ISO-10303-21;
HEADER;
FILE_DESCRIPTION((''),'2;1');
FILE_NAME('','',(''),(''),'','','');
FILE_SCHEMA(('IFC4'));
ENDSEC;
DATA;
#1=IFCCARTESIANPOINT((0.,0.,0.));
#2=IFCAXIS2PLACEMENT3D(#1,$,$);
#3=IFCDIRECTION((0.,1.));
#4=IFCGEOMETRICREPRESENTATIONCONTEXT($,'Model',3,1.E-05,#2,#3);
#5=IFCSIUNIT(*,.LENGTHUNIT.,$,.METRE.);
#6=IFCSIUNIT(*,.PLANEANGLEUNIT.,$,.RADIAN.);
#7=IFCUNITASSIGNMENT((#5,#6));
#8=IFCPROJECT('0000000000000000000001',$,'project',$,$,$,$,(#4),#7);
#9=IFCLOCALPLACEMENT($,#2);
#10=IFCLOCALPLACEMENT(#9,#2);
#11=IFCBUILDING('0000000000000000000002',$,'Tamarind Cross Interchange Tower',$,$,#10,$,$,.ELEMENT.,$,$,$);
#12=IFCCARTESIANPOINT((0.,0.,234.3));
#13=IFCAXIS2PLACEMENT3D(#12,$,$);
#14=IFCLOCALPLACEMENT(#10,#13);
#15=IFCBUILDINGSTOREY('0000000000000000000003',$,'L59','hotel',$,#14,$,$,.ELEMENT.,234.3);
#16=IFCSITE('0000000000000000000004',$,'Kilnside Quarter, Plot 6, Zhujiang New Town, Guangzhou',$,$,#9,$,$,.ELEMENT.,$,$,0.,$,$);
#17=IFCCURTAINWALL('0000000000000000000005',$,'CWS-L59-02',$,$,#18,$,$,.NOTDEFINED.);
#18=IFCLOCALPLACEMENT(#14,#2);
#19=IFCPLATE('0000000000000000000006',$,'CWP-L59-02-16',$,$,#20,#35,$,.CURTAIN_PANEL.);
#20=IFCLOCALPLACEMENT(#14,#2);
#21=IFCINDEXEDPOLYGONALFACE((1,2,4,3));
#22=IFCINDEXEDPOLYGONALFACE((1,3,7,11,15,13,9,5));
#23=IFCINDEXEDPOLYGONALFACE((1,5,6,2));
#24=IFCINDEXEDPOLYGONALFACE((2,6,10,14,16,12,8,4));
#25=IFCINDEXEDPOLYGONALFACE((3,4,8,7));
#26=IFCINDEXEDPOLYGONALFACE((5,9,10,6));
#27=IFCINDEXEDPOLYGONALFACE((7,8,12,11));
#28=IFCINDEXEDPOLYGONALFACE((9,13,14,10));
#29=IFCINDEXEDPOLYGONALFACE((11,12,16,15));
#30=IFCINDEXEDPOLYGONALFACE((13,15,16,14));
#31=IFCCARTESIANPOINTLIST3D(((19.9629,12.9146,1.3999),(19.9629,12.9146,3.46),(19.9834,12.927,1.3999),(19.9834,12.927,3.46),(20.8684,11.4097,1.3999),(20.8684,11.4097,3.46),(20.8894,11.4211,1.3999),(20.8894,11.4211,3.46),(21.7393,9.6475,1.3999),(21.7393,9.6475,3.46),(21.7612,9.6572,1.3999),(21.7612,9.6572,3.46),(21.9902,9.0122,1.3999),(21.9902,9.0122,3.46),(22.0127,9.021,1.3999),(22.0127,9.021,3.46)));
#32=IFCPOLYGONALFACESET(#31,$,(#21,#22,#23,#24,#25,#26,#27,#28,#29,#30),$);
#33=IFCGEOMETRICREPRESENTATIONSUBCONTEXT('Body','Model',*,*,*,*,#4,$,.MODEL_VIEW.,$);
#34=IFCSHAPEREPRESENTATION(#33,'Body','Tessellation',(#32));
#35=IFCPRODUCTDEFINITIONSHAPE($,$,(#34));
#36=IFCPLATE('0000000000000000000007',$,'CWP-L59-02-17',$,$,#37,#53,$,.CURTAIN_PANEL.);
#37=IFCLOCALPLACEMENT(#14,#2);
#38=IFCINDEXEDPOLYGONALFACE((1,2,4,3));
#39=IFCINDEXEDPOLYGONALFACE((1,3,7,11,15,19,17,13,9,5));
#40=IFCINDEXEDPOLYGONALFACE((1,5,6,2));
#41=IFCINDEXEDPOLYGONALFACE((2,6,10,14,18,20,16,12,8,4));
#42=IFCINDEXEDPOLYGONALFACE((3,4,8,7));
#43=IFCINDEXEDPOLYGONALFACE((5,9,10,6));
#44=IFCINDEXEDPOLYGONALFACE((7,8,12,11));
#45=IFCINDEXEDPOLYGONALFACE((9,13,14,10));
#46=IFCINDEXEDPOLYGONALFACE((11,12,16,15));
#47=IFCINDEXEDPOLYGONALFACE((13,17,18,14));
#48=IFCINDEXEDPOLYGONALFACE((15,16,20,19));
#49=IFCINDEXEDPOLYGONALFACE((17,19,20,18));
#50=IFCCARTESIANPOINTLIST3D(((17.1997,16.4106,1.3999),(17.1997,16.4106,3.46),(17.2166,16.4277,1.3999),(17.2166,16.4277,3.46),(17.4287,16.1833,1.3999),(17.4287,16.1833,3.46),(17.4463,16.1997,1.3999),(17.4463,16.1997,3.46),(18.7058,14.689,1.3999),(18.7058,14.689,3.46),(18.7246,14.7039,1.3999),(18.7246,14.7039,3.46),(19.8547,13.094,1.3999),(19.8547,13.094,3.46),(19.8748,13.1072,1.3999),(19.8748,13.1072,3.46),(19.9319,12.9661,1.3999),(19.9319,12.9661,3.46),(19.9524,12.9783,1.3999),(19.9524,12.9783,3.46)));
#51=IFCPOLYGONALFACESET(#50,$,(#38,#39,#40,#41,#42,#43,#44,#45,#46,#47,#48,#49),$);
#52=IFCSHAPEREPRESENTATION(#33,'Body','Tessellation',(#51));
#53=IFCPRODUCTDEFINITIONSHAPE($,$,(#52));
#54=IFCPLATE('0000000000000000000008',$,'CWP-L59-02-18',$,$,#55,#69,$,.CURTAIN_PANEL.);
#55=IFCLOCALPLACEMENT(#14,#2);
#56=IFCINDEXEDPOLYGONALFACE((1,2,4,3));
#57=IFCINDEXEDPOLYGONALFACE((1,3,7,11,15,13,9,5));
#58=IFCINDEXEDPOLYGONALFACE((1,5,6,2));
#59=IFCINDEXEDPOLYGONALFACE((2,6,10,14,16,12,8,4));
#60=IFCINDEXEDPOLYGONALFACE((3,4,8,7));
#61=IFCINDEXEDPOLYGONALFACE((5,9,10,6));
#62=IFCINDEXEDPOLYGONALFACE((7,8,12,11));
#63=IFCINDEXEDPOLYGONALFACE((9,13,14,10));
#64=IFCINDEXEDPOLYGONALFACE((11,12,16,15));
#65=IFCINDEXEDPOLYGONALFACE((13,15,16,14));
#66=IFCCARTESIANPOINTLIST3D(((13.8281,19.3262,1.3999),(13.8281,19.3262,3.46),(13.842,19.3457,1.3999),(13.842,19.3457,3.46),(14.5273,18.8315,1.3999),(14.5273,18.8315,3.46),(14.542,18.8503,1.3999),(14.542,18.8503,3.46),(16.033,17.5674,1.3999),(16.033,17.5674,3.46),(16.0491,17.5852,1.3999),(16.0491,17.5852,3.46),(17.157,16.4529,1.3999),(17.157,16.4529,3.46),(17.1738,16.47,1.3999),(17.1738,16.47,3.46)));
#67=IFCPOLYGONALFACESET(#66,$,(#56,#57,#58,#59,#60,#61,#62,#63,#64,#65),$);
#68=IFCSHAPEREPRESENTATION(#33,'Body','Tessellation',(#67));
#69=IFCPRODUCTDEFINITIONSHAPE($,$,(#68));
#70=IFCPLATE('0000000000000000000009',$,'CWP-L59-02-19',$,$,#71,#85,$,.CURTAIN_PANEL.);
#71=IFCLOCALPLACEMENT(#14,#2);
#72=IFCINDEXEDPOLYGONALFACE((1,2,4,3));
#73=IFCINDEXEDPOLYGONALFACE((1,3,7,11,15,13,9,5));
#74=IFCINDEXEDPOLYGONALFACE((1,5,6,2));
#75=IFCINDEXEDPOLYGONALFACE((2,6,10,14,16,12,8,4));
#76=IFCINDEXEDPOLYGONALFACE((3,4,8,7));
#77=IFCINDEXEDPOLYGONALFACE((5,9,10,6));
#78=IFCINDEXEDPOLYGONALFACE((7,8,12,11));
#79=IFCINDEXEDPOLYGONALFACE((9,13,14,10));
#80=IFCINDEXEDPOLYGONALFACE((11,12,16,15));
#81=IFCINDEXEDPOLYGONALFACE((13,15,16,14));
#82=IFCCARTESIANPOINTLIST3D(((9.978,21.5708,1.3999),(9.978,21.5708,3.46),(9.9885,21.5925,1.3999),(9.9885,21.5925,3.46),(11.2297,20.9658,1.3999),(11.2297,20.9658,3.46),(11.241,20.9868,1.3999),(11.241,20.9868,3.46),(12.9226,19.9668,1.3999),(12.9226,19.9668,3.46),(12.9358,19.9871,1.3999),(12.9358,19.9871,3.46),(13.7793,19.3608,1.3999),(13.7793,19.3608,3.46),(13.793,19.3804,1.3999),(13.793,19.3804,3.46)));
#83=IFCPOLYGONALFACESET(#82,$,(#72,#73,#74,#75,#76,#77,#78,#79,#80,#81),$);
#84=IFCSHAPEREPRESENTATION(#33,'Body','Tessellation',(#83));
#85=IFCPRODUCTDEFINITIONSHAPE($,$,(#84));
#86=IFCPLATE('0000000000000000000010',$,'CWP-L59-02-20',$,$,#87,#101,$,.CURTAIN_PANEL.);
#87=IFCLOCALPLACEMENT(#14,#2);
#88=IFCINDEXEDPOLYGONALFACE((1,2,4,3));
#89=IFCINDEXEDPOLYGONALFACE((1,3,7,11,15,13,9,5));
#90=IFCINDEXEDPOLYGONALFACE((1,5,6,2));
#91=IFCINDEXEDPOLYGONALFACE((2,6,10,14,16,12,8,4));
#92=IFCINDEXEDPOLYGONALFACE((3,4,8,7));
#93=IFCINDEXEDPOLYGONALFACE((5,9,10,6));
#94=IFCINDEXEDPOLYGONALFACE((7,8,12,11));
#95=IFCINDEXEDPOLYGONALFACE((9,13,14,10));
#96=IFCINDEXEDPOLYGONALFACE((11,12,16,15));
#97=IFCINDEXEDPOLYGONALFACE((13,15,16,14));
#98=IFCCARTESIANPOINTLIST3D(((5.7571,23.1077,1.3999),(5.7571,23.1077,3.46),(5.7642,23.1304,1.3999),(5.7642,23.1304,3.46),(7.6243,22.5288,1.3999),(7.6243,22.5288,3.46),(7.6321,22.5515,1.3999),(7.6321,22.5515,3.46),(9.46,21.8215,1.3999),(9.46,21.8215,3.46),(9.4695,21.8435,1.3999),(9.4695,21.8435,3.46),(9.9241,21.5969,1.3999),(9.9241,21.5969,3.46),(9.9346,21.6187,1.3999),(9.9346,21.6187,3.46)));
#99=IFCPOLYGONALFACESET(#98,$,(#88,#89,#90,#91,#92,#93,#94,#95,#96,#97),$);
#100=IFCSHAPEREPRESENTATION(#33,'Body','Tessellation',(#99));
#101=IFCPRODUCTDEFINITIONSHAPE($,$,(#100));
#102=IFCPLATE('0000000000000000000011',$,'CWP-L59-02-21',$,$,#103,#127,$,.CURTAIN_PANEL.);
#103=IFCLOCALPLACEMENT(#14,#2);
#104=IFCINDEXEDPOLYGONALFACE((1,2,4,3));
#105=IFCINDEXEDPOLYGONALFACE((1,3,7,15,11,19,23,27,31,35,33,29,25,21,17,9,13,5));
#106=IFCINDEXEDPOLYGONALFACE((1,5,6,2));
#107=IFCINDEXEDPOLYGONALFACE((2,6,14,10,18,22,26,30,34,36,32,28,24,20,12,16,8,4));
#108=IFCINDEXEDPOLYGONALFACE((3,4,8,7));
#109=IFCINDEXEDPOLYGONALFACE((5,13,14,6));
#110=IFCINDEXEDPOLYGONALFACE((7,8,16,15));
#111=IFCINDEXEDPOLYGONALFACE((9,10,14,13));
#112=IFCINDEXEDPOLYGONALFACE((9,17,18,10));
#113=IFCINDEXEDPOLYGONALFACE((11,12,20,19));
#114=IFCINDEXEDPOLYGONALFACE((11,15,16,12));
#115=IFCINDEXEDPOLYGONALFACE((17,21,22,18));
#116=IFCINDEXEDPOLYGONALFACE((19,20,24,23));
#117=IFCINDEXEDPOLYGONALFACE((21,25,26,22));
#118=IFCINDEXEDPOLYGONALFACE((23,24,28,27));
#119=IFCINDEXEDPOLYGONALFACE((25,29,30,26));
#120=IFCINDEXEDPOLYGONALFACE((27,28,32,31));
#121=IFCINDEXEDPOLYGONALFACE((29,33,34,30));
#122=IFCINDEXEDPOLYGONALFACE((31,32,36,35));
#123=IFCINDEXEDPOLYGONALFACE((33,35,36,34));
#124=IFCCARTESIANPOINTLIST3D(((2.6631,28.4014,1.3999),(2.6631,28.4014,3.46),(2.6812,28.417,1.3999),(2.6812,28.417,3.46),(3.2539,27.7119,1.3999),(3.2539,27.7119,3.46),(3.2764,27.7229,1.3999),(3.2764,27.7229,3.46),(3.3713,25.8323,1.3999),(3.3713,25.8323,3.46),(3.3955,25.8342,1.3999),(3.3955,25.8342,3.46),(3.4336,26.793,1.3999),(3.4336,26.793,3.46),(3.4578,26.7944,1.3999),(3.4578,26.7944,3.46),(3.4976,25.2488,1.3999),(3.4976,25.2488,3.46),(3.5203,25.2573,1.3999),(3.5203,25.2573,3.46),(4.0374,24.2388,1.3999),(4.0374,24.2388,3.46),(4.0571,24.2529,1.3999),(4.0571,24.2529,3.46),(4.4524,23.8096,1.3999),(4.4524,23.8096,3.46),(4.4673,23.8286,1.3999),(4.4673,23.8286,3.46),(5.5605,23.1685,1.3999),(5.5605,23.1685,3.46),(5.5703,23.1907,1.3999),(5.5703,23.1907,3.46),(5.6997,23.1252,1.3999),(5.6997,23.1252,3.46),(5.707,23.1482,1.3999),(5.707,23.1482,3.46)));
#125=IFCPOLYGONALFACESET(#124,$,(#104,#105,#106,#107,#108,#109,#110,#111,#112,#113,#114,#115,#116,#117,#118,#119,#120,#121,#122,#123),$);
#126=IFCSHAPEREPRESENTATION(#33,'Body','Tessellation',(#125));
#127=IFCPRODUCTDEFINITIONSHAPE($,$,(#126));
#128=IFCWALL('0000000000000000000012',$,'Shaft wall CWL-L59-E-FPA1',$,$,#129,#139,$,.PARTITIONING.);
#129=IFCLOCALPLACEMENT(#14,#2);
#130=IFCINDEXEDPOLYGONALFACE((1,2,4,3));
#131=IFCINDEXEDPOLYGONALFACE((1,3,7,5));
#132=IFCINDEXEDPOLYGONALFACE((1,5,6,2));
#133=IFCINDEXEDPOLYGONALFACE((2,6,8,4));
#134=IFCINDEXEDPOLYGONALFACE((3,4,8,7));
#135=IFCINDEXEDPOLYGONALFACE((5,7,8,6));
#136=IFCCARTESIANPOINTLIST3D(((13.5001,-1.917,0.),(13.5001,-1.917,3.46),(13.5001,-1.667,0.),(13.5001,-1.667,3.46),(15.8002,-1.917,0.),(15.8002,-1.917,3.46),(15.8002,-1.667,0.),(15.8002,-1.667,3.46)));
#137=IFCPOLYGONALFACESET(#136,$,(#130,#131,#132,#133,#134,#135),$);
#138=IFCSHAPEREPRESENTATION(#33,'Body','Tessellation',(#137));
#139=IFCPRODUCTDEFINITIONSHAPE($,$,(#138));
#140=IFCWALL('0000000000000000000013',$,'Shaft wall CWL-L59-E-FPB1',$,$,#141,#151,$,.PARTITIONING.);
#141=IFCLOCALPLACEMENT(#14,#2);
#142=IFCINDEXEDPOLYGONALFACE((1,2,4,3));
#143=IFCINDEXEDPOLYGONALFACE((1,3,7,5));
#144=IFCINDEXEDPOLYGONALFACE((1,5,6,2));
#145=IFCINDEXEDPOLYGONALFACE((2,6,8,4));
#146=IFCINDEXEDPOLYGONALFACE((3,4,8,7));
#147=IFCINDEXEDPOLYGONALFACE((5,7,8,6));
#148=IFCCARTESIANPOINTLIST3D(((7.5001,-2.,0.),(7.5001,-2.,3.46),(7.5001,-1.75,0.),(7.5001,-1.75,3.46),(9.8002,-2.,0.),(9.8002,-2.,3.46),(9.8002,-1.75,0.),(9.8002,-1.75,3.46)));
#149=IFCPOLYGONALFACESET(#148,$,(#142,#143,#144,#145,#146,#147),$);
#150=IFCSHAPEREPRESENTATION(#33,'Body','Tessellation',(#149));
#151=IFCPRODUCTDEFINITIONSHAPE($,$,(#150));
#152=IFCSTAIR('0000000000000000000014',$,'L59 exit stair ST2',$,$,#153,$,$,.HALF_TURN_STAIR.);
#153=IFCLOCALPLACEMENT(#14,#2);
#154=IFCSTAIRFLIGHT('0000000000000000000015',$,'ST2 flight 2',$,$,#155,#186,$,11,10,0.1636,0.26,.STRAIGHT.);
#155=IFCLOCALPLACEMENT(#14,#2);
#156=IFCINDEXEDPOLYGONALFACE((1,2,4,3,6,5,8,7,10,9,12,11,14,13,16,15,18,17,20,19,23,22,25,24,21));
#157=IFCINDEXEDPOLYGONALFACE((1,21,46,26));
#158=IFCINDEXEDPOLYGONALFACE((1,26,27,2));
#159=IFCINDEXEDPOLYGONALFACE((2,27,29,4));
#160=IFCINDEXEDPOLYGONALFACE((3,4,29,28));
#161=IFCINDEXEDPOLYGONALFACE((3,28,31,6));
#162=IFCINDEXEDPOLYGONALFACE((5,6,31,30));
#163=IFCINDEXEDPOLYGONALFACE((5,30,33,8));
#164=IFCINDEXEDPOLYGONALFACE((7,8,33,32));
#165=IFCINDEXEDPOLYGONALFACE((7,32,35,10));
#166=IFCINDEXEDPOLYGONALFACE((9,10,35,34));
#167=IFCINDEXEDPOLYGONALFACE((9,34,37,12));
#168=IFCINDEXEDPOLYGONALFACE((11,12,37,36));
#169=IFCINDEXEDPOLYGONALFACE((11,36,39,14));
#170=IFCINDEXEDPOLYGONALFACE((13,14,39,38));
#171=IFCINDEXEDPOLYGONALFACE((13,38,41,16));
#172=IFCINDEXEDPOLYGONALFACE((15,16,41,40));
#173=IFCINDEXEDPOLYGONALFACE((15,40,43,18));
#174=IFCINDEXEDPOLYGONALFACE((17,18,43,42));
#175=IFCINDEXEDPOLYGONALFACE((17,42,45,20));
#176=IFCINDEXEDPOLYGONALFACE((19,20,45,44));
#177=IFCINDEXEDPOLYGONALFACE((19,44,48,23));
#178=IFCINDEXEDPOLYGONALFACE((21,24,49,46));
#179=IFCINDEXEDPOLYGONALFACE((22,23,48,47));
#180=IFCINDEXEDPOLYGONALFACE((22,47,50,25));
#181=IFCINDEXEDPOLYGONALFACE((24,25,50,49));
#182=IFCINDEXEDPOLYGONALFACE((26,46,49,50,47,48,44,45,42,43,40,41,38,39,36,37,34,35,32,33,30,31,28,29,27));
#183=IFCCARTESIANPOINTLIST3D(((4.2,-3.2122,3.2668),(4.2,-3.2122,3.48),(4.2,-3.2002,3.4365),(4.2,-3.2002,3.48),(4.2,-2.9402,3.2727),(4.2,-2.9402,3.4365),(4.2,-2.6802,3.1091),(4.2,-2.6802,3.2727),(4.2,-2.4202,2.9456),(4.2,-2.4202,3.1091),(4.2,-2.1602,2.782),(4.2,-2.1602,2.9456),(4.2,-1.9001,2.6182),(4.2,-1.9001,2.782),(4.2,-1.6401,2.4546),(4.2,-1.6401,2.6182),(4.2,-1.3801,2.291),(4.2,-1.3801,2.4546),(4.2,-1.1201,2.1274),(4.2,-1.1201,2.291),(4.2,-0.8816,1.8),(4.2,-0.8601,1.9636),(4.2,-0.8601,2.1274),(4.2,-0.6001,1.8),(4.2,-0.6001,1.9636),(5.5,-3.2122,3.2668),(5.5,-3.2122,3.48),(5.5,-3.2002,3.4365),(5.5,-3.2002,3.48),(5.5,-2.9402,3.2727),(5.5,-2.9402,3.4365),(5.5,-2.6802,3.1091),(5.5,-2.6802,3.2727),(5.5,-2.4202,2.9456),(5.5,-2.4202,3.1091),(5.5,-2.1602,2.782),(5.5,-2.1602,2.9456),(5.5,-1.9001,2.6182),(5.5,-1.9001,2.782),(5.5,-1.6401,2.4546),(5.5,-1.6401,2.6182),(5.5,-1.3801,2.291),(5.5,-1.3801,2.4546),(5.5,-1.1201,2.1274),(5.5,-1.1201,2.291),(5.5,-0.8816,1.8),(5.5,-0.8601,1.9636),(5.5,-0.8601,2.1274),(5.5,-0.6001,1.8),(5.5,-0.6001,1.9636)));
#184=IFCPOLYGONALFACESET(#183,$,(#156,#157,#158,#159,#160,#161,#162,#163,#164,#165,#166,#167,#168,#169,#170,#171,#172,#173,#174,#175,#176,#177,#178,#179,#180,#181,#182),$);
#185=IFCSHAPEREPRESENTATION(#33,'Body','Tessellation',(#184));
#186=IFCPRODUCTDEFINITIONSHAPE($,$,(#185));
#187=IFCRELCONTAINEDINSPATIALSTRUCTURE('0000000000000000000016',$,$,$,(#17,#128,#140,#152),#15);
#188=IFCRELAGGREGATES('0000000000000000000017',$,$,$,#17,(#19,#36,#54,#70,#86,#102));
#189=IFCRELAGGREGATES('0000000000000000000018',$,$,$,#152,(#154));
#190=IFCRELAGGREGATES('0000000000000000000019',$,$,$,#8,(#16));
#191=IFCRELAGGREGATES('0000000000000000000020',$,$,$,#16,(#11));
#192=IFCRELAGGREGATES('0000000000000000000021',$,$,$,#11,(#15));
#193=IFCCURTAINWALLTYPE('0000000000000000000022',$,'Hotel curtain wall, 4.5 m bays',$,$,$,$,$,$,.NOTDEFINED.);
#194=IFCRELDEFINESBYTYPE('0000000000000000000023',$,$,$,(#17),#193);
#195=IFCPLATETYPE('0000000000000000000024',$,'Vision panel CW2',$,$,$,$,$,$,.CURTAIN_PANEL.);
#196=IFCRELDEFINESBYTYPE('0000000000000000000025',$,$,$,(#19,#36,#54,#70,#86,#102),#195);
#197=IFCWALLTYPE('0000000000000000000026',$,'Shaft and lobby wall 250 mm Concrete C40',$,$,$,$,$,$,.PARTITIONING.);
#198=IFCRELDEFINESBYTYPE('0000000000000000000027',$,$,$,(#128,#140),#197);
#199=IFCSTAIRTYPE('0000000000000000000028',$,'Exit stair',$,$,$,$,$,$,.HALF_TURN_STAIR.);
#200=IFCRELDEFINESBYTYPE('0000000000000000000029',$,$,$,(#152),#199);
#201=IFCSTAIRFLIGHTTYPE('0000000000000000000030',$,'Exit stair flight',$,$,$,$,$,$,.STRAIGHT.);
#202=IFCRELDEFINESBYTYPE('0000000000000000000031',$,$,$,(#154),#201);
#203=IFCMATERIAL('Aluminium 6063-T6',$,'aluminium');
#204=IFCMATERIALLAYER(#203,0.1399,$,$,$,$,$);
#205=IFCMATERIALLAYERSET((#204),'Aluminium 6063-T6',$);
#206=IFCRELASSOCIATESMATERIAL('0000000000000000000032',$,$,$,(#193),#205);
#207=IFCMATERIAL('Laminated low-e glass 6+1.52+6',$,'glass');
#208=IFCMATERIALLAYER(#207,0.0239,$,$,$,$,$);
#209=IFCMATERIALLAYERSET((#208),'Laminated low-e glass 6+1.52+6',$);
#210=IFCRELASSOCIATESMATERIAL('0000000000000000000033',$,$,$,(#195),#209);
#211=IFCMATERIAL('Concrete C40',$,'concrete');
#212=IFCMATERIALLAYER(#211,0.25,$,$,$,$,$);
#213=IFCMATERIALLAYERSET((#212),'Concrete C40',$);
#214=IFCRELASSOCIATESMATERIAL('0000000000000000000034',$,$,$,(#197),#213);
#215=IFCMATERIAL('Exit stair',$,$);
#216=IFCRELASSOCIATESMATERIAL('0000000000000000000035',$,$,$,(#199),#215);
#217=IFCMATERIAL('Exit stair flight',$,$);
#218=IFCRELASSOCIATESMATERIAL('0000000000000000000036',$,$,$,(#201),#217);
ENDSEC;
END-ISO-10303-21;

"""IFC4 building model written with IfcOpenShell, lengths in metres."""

from ifc_helpers import new_model, si_unit, direction, frame, frame_2d, origin, place, context, subcontext, project, spatial, polyline, rectangle, outline, extrude, material, layer, layer_set, type_object, element, aggregate, save


model = new_model("IFC4")

# Units and contexts
model_context = context("Model", 3, precision=1e-05, world=origin(), true_north=direction((0.0, 1.0)))
body_context = subcontext(model_context, "Body", "Model", "MODEL_VIEW")
ifc_project = project(units=[si_unit("LENGTHUNIT", "METRE"), si_unit("PLANEANGLEUNIT", "RADIAN")], contexts=[model_context])

# Site, building, storey
site_placement = place(None, origin())
site = spatial("IfcSite", under=ifc_project, at=site_placement, Name="Kilnside Quarter, Plot 6, Zhujiang New Town, Guangzhou", CompositionType="ELEMENT", RefElevation=0.0)
building_placement = place(site_placement, origin())
building = spatial("IfcBuilding", under=site, at=building_placement, Name="Tamarind Cross Interchange Tower", CompositionType="ELEMENT")
storey_placement = place(building_placement, frame((0.0, 0.0, 234.3)))
storey = spatial("IfcBuildingStorey", under=building, at=storey_placement, Name="L59", Description="hotel", CompositionType="ELEMENT", Elevation=234.3)

# Curtain wall, plates
ifc_material_1 = material(Name="Aluminium 6063-T6", Category="aluminium")
ifc_layer_1 = layer(ifc_material_1, 0.1399)
ifc_layer_set_1 = layer_set([ifc_layer_1], Name="Aluminium 6063-T6")
curtain_wall_type = type_object("IfcCurtainWallType", Name="Hotel curtain wall, 4.5 m bays", PredefinedType="NOTDEFINED", material=ifc_layer_set_1)
curtain_wall_placement = place(storey_placement, origin())
curtain_wall = element("IfcCurtainWall", 1, at=curtain_wall_placement, inside=storey, type_object=curtain_wall_type, Name="CWS-L59-02", PredefinedType="NOTDEFINED")
ifc_material_2 = material(Name="Laminated low-e glass 6+1.52+6", Category="glass")
ifc_layer_2 = layer(ifc_material_2, 0.0239)
ifc_layer_set_2 = layer_set([ifc_layer_2], Name="Laminated low-e glass 6+1.52+6")
plate_type = type_object("IfcPlateType", Name="Vision panel CW2", PredefinedType="CURTAIN_PANEL", material=ifc_layer_set_2)
plate_1_placement = place(storey_placement, frame((0.0, 0.0, 1.3999)))
plate_1 = element("IfcPlate", 2, at=plate_1_placement, type_object=plate_type, Name="CWP-L59-02-16", PredefinedType="CURTAIN_PANEL", context=body_context, shape_type="SweptSolid", body=[
    extrude(outline(polyline([(21.9902, 9.0122), (21.7393, 9.6475), (20.8684, 11.4097), (19.9629, 12.9146), (19.9834, 12.927), (20.8894, 11.4211), (21.7612, 9.6572), (22.0127, 9.021), (21.9902, 9.0122)])), origin(), (0.0, 0.0, 1.0), 2.0601),
])
plate_2_placement = place(storey_placement, frame((0.0, 0.0, 1.3999)))
plate_2 = element("IfcPlate", 3, at=plate_2_placement, type_object=plate_type, Name="CWP-L59-02-17", PredefinedType="CURTAIN_PANEL", context=body_context, shape_type="SweptSolid", body=[
    extrude(outline(polyline([(19.9319, 12.9661), (19.8547, 13.094), (18.7058, 14.689), (17.4287, 16.1833), (17.1997, 16.4106), (17.2166, 16.4277), (17.4463, 16.1997), (18.7246, 14.7039), (19.8748, 13.1072), (19.9524, 12.9783), (19.9319, 12.9661)])), origin(), (0.0, 0.0, 1.0), 2.0601),
])
plate_3_placement = place(storey_placement, frame((0.0, 0.0, 1.3999)))
plate_3 = element("IfcPlate", 4, at=plate_3_placement, type_object=plate_type, Name="CWP-L59-02-18", PredefinedType="CURTAIN_PANEL", context=body_context, shape_type="SweptSolid", body=[
    extrude(outline(polyline([(17.157, 16.4529), (16.033, 17.5674), (14.5273, 18.8315), (13.8281, 19.3262), (13.842, 19.3457), (14.542, 18.8503), (16.0491, 17.5852), (17.1738, 16.47), (17.157, 16.4529)])), origin(), (0.0, 0.0, 1.0), 2.0601),
])
plate_4_placement = place(storey_placement, frame((0.0, 0.0, 1.3999)))
plate_4 = element("IfcPlate", 5, at=plate_4_placement, type_object=plate_type, Name="CWP-L59-02-19", PredefinedType="CURTAIN_PANEL", context=body_context, shape_type="SweptSolid", body=[
    extrude(outline(polyline([(13.7793, 19.3608), (12.9226, 19.9668), (11.2297, 20.9658), (9.978, 21.5708), (9.9885, 21.5925), (11.241, 20.9868), (12.9358, 19.9871), (13.793, 19.3804), (13.7793, 19.3608)])), origin(), (0.0, 0.0, 1.0), 2.0601),
])
plate_5_placement = place(storey_placement, frame((0.0, 0.0, 1.3999)))
plate_5 = element("IfcPlate", 6, at=plate_5_placement, type_object=plate_type, Name="CWP-L59-02-20", PredefinedType="CURTAIN_PANEL", context=body_context, shape_type="SweptSolid", body=[
    extrude(outline(polyline([(9.9241, 21.5969), (9.46, 21.8215), (7.6243, 22.5288), (5.7571, 23.1077), (5.7642, 23.1304), (7.6321, 22.5515), (9.4695, 21.8435), (9.9346, 21.6187), (9.9241, 21.5969)])), origin(), (0.0, 0.0, 1.0), 2.0601),
])
plate_6_placement = place(storey_placement, frame((0.0, 0.0, 1.3999)))
plate_6 = element("IfcPlate", 7, at=plate_6_placement, type_object=plate_type, Name="CWP-L59-02-21", PredefinedType="CURTAIN_PANEL", context=body_context, shape_type="SweptSolid", body=[
    extrude(outline(polyline([(5.6997, 23.1252), (5.5605, 23.1685), (4.4524, 23.8096), (4.0374, 24.2388), (3.4976, 25.2488), (3.3713, 25.8323), (3.4336, 26.793), (3.2539, 27.7119), (2.6631, 28.4014), (2.6812, 28.417), (3.2764, 27.7229), (3.4578, 26.7944), (3.3955, 25.8342), (3.5203, 25.2573), (4.0571, 24.2529), (4.4673, 23.8286), (5.5703, 23.1907), (5.707, 23.1482), (5.6997, 23.1252)])), origin(), (0.0, 0.0, 1.0), 2.0601),
])
aggregate(curtain_wall, [plate_1, plate_2, plate_3, plate_4, plate_5, plate_6])

# Walls
ifc_material_3 = material(Name="Concrete C40", Category="concrete")
ifc_layer_3 = layer(ifc_material_3, 0.25)
ifc_layer_set_3 = layer_set([ifc_layer_3], Name="Concrete C40")
wall_type = type_object("IfcWallType", Name="Shaft and lobby wall 250 mm Concrete C40", PredefinedType="PARTITIONING", material=ifc_layer_set_3)
for number, where, z_axis, x_axis, name in (
    (8, (15.8, -1.792, 0.0), (0.0, 0.0, 1.0), (-1.0, 0.0, 0.0), "Shaft wall CWL-L59-E-FPA1"),
    (9, (9.8, -1.875, 0.0), (0.0, 0.0, 1.0), (-1.0, 0.0, 0.0), "Shaft wall CWL-L59-E-FPB1"),
):
    element("IfcWall", number, at=place(storey_placement, frame(where, z_axis=z_axis, x_axis=x_axis)), inside=storey, type_object=wall_type, Name=name, PredefinedType="PARTITIONING", context=body_context, shape_type="SweptSolid", body=[
        extrude(rectangle(XDim=2.3, YDim=0.25, at=frame_2d((1.1499, 0.0))), origin(), (0.0, 0.0, 1.0), 3.46),
    ])

# Stair, stair flight
ifc_material_4 = material(Name="Exit stair")
stair_type = type_object("IfcStairType", Name="Exit stair", PredefinedType="HALF_TURN_STAIR", material=ifc_material_4)
stair_placement = place(storey_placement, origin())
stair = element("IfcStair", 10, at=stair_placement, inside=storey, type_object=stair_type, Name="L59 exit stair ST2", PredefinedType="HALF_TURN_STAIR")
ifc_material_5 = material(Name="Exit stair flight")
stair_flight_type = type_object("IfcStairFlightType", Name="Exit stair flight", PredefinedType="STRAIGHT", material=ifc_material_5)
stair_flight_placement = place(storey_placement, frame((4.8501, -0.6001, 1.8), z_axis=(0.0, 0.0, 1.0), x_axis=(0.0, -1.0, 0.0)))
stair_flight = element("IfcStairFlight", 11, at=stair_flight_placement, type_object=stair_flight_type, Name="ST2 flight 2", NumberOfRisers=11, NumberOfTreads=10, PredefinedType="STRAIGHT", RiserHeight=0.1636, TreadLength=0.26, context=body_context, shape_type="SweptSolid", body=[
    extrude(outline(polyline([(0.0, 0.0), (0.0, 0.1636), (0.26, 0.1636), (0.26, 0.3274), (0.52, 0.3274), (0.52, 0.491), (0.78, 0.491), (0.78, 0.6545), (1.04, 0.6545), (1.04, 0.8181), (1.3, 0.8181), (1.3, 0.9819), (1.5601, 0.9819), (1.5601, 1.1455), (1.8201, 1.1455), (1.8201, 1.3091), (2.0801, 1.3091), (2.0801, 1.4727), (2.3401, 1.4727), (2.3401, 1.6365), (2.6001, 1.6365), (2.6001, 1.6799), (2.6121, 1.6799), (2.6121, 1.4668), (0.2815, 0.0), (0.0, 0.0)])), frame((0.0, 0.6499, 0.0), z_axis=(0.0, -1.0, 0.0), x_axis=(1.0, 0.0, 0.0)), (0.0, 0.0, 1.0), 1.3),
])
aggregate(stair, [stair_flight])

save(model, "model.ifc")
